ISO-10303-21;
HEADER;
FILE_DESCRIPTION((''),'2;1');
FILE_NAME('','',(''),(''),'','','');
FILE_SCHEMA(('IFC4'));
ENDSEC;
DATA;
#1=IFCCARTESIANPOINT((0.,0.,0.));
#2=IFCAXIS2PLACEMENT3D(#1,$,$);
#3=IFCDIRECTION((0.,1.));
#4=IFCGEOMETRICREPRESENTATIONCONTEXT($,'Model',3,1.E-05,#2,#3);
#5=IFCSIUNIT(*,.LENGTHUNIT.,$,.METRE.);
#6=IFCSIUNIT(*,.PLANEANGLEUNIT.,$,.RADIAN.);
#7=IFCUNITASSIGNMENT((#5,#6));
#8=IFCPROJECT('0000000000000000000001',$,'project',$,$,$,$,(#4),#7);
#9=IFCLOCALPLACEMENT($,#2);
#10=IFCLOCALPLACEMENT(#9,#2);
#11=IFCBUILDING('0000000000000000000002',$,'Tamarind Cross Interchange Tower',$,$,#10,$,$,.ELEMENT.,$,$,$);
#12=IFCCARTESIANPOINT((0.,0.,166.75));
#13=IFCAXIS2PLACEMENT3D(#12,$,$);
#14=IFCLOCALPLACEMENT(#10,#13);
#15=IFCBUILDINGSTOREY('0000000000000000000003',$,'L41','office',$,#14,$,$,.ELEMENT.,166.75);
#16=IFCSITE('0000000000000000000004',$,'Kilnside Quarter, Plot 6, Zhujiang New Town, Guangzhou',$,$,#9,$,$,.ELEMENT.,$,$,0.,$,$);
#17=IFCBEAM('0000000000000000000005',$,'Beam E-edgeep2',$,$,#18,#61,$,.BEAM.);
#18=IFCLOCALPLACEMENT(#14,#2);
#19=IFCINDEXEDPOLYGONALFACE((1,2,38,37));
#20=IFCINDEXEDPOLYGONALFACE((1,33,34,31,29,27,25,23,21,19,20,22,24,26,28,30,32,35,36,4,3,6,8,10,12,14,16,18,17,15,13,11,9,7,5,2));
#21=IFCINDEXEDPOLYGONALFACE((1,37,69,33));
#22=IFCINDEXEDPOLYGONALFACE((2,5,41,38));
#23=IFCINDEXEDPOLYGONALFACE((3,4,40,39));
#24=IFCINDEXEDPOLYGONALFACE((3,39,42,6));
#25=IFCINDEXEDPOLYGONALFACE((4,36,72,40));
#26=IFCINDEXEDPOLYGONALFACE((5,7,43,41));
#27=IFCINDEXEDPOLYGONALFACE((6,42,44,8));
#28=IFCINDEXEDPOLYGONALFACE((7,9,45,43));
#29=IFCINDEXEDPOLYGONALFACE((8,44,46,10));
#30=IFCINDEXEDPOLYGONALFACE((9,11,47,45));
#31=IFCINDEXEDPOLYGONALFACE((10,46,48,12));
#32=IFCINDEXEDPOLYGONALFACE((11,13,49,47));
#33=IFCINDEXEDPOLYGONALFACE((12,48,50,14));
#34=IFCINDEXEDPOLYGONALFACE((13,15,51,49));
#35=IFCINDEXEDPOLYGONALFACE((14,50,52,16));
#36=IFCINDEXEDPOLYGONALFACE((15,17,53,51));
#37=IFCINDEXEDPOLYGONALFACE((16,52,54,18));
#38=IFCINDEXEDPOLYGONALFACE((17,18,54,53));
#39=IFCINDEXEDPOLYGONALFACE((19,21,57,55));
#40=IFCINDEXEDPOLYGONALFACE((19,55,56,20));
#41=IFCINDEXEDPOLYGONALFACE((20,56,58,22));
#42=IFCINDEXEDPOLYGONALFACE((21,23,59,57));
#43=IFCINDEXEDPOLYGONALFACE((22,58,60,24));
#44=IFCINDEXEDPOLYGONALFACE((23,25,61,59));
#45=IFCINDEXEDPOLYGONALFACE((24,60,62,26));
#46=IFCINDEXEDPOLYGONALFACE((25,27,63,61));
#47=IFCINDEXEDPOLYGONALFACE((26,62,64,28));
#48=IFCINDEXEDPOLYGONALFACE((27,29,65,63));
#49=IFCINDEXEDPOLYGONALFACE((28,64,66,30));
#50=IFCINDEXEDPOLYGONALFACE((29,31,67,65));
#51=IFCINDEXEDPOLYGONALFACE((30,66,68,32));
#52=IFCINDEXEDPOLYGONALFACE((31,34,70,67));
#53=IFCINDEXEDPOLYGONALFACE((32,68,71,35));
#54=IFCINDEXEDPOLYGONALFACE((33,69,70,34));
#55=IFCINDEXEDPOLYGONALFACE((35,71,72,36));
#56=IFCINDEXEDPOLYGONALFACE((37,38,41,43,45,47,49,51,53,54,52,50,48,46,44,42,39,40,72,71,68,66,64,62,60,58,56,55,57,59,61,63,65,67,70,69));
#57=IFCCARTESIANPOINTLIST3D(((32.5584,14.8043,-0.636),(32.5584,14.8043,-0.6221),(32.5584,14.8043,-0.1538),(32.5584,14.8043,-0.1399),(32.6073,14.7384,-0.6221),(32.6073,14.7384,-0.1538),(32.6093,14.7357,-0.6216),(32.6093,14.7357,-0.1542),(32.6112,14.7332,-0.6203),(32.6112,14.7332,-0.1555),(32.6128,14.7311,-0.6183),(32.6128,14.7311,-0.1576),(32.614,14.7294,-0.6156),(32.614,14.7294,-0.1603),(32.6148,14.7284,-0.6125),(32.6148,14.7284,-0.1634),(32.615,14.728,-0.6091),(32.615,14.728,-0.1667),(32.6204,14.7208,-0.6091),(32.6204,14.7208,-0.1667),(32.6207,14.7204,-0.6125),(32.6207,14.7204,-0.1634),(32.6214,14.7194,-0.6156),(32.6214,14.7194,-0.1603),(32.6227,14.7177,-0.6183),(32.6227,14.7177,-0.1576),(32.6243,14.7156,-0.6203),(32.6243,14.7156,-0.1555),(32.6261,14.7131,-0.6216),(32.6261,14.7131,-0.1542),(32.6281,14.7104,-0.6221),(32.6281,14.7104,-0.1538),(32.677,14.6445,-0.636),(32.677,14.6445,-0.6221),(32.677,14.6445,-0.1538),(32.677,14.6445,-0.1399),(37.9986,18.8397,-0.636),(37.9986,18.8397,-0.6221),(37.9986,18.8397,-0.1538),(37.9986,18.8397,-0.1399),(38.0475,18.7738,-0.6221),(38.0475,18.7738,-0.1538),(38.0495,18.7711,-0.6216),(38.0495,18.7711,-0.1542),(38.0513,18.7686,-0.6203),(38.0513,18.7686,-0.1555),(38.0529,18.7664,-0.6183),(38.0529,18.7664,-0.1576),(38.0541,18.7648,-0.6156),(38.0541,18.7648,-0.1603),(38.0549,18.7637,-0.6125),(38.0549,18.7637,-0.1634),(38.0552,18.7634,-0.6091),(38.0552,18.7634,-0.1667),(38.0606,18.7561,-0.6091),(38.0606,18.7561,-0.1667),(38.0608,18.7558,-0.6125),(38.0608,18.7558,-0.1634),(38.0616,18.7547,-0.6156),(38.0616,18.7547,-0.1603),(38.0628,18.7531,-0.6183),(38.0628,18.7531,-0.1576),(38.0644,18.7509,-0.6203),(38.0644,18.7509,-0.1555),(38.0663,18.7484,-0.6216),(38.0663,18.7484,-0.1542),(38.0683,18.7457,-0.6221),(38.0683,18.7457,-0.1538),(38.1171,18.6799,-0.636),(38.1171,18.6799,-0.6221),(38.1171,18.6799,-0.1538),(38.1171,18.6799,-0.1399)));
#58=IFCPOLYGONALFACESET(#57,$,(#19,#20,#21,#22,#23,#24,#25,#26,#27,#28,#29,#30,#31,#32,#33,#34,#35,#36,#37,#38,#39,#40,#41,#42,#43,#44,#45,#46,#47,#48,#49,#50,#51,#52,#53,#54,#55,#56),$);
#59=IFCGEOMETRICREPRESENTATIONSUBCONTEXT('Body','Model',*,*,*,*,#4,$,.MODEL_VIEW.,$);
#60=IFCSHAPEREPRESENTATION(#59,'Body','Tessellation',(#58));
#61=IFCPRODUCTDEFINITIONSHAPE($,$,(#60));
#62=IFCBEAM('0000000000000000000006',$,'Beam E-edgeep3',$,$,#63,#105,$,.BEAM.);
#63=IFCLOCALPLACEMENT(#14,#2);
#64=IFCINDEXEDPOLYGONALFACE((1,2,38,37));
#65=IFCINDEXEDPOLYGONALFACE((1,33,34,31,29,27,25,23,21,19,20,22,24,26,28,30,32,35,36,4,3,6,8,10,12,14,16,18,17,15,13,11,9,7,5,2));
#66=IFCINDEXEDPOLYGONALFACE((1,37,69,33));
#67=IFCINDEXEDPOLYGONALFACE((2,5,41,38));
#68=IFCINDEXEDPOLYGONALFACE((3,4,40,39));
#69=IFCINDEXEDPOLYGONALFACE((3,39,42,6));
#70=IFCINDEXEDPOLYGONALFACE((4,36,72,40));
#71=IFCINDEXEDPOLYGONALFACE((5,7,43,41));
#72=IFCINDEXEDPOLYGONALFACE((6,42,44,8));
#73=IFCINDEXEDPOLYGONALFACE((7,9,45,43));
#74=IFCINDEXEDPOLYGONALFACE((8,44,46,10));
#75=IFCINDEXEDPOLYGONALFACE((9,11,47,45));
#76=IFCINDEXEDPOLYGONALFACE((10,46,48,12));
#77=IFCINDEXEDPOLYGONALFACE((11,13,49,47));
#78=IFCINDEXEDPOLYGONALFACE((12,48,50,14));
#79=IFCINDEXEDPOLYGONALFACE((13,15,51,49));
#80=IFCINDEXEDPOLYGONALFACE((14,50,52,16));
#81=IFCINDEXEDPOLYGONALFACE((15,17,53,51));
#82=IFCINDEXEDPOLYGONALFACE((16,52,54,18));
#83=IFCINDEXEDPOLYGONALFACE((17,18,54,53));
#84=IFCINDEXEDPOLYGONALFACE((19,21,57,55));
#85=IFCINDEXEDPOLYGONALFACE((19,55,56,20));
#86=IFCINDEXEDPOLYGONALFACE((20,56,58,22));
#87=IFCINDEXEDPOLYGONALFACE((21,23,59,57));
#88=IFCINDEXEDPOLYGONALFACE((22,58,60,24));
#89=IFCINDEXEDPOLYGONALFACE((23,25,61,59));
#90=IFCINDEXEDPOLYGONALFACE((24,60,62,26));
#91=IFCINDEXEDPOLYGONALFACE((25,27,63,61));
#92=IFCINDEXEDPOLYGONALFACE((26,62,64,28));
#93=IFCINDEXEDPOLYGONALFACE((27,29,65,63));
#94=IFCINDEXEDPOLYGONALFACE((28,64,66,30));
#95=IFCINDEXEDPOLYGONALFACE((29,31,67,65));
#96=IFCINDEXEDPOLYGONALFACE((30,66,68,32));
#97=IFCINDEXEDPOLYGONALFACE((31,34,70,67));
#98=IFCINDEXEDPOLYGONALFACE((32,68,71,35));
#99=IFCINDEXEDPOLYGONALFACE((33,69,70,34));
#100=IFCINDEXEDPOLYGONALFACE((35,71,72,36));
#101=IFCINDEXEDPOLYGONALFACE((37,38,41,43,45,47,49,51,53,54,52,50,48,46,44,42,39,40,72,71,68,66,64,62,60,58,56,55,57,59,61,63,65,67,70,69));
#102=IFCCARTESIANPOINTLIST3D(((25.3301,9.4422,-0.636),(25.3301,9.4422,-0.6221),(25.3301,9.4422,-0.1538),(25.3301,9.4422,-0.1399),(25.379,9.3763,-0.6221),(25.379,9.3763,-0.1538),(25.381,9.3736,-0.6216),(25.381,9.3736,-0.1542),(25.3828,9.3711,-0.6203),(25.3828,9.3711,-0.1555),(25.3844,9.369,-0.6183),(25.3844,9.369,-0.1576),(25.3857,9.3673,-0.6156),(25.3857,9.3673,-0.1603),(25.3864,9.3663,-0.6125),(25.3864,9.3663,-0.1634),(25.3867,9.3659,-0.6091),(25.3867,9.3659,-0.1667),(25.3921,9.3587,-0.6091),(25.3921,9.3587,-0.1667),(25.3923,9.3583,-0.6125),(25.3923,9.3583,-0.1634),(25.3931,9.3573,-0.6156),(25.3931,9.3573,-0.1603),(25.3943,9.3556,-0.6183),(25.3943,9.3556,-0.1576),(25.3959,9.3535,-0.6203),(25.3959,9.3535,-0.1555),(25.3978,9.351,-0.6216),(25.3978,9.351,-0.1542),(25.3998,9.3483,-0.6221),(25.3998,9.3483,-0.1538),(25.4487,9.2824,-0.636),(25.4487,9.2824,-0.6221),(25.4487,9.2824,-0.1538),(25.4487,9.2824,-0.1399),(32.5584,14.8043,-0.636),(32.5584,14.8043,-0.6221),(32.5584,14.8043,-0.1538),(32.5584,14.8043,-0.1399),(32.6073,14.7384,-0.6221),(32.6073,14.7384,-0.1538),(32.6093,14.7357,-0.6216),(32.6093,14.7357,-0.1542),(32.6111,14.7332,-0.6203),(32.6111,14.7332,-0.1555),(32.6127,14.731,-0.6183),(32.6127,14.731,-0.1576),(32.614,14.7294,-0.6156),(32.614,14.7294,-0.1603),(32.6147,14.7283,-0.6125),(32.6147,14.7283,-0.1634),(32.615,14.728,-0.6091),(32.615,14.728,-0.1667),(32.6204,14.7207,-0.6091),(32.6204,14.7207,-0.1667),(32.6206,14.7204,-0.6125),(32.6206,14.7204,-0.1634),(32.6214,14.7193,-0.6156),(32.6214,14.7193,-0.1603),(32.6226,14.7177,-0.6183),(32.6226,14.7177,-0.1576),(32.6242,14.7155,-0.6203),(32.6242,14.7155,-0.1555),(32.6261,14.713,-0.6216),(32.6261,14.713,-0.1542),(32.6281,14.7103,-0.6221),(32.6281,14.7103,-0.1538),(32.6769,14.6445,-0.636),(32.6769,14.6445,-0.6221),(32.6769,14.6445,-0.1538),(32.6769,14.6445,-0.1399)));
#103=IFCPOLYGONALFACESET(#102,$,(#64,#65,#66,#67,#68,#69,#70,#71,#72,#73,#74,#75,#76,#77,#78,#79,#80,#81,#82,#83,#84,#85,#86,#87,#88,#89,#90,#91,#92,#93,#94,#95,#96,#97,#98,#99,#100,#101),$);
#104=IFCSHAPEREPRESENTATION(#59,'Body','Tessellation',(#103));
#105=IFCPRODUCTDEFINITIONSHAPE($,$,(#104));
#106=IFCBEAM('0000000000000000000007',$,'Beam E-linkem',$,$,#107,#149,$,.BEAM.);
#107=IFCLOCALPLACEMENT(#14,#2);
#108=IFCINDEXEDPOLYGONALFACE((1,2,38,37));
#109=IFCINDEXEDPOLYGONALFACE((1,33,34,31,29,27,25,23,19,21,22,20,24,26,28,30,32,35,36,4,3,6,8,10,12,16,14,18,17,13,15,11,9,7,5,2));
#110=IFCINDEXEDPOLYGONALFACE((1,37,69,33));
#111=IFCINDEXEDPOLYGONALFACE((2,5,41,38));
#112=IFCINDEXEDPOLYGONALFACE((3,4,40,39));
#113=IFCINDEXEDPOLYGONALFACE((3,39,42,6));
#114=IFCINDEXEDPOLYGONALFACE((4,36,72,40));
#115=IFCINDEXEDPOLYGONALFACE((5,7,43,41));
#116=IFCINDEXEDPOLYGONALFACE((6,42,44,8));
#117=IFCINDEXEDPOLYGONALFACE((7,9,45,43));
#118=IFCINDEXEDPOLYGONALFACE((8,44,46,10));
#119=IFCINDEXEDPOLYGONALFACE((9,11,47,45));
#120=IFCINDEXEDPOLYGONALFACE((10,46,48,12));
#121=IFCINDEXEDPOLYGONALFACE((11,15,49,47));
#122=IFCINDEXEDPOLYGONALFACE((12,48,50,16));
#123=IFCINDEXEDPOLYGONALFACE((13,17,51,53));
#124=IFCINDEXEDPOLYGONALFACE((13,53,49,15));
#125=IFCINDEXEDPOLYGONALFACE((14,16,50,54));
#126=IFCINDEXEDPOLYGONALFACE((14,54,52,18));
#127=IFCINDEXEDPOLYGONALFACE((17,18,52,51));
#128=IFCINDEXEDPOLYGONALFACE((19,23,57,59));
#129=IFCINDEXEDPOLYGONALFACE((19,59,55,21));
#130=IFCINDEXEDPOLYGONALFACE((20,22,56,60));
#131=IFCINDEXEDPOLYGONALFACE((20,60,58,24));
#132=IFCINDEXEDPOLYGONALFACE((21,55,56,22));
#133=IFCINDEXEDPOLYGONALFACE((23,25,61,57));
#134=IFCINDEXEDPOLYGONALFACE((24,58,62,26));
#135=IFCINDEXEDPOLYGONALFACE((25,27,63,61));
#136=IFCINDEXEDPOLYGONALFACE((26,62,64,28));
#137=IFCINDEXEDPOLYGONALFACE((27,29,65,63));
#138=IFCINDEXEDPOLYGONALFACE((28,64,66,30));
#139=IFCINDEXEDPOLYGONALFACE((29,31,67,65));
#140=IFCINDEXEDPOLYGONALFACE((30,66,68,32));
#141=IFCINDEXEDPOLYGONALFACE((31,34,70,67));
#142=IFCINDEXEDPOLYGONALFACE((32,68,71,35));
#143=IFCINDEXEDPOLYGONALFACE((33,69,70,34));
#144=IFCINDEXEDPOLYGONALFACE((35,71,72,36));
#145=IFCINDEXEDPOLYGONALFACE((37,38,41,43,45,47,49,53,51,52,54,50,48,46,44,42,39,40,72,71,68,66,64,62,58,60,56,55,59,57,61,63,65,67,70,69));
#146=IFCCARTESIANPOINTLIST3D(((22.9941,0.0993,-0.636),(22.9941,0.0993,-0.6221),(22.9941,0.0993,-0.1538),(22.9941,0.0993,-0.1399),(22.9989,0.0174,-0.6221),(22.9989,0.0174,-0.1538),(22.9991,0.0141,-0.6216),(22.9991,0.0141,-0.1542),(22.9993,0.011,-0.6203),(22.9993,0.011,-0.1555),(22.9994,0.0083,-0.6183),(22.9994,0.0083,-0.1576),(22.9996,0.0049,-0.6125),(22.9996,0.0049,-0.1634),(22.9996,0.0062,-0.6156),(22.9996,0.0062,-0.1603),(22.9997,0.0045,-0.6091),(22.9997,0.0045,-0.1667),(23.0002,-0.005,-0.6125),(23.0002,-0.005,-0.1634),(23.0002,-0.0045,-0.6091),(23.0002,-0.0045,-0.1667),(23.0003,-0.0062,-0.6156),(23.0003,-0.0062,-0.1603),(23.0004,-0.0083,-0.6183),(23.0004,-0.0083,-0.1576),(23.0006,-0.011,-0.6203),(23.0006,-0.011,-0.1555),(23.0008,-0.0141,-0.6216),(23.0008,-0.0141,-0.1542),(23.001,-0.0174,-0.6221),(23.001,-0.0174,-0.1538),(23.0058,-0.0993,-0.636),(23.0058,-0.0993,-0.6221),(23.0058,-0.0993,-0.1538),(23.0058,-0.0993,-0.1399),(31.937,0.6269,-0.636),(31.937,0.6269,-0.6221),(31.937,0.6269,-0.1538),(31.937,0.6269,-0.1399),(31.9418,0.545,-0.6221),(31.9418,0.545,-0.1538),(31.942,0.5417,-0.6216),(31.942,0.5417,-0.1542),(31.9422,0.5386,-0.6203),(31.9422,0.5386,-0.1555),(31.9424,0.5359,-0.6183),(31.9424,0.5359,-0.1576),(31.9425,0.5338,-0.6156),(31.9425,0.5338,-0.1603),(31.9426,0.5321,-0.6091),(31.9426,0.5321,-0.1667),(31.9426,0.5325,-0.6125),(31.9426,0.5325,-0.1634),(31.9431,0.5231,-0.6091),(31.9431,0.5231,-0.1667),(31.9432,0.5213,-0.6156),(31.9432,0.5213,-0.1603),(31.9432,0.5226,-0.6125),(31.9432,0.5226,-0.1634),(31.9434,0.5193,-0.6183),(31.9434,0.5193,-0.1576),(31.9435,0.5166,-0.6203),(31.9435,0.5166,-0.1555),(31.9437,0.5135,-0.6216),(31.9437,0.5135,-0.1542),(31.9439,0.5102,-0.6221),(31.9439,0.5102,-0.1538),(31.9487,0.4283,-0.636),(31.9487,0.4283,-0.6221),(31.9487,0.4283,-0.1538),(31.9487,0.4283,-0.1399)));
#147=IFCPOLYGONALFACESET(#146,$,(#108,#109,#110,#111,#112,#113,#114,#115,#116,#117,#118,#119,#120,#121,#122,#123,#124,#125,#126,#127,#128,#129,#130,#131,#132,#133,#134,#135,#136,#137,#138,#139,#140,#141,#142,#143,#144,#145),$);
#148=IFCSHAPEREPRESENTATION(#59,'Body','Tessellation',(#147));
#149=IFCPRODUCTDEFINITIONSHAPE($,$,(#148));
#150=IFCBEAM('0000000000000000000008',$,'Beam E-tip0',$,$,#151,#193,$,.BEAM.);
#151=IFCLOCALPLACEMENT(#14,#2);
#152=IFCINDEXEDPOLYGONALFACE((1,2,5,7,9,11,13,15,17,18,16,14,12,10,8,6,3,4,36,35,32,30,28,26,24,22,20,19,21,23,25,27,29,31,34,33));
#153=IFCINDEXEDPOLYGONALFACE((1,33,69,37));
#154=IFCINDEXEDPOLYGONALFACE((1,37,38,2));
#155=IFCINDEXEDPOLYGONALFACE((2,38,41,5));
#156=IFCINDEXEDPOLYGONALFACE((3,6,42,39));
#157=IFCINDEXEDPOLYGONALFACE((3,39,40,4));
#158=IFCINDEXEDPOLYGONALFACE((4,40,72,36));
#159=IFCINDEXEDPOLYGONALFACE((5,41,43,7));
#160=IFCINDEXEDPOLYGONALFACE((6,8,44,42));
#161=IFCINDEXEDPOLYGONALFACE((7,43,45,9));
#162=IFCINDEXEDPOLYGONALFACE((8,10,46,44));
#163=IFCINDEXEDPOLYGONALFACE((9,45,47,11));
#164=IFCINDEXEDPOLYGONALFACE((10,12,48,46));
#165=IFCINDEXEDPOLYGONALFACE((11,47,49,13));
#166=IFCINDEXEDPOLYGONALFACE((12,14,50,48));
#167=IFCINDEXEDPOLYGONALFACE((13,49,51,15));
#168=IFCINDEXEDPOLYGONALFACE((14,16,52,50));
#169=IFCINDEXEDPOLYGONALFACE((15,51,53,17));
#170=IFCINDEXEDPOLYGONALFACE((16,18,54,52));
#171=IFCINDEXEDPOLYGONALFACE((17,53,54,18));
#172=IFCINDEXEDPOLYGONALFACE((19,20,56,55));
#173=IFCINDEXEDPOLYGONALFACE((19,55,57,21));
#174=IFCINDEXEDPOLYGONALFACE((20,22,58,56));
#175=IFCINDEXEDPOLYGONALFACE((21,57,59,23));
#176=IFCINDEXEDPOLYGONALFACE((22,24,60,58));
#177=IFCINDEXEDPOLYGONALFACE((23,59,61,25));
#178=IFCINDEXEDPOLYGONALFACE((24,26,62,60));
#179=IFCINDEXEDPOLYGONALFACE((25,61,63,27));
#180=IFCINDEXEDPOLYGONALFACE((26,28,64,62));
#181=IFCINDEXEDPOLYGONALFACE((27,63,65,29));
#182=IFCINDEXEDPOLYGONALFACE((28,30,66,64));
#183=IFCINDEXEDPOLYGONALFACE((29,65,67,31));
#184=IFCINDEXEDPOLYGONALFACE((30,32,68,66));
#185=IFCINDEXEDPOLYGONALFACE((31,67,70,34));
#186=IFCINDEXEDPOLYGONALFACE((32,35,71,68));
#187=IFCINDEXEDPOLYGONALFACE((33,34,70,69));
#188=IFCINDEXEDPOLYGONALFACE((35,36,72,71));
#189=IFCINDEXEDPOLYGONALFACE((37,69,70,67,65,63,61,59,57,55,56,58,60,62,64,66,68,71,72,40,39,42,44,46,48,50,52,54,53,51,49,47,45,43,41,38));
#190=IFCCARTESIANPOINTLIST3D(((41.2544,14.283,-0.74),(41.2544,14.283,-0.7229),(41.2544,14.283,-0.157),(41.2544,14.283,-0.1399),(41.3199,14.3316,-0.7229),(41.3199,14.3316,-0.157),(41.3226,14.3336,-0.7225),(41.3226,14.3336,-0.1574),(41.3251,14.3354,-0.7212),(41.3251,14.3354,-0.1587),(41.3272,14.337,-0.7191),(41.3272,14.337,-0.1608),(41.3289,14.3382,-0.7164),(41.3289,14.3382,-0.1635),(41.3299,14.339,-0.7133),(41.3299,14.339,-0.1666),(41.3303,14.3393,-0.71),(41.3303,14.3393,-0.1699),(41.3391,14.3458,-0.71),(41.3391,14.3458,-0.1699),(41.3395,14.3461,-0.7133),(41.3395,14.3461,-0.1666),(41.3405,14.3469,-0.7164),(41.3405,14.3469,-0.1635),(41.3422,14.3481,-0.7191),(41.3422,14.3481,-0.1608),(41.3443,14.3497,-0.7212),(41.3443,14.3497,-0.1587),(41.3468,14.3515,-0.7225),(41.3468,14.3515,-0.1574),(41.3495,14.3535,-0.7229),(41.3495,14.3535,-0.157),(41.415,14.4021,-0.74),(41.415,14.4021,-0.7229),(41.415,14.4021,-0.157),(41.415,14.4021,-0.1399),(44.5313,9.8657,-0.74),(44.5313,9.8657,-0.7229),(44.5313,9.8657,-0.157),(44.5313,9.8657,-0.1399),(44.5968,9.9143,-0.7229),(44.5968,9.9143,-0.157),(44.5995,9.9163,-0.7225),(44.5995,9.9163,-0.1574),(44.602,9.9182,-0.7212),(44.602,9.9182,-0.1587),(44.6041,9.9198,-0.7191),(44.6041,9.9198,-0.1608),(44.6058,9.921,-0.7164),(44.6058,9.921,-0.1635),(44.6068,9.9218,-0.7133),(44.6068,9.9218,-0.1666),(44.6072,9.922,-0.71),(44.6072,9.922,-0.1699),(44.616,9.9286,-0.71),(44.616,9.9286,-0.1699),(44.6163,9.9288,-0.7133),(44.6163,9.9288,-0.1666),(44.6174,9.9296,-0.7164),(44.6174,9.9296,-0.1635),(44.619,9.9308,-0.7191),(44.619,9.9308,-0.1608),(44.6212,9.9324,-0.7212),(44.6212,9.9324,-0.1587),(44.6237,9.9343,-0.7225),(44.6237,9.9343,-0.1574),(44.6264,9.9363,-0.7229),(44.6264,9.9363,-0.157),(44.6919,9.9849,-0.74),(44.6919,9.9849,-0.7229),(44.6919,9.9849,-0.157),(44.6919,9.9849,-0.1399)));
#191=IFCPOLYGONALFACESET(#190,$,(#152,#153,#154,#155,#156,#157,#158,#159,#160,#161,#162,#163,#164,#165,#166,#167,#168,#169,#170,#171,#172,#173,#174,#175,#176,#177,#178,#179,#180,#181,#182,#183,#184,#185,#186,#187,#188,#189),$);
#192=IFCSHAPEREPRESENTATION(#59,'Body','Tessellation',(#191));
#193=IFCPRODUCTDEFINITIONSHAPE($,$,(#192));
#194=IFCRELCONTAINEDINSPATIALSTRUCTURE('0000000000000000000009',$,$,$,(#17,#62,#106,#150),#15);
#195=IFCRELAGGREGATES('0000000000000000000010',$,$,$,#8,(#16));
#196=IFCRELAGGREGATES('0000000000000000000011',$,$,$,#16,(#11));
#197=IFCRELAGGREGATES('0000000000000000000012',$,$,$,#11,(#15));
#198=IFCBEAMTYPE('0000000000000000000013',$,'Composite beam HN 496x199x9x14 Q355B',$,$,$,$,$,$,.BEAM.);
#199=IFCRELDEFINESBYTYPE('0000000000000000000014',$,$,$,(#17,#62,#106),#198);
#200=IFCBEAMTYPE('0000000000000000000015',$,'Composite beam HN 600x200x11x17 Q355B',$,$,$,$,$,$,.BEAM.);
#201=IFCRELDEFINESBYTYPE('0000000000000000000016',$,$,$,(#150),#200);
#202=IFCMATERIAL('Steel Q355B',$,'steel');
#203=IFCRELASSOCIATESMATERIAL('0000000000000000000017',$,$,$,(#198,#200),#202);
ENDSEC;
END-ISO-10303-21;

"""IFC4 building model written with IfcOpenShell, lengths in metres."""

from ifc_helpers import new_model, si_unit, direction, frame, origin, origin_2d, place, context, subcontext, project, spatial, i_section, extrude, material, material_profile, profile_set, type_object, element, save


model = new_model("IFC4")

# Units and contexts
model_context = context("Model", 3, precision=1e-05, world=origin(), true_north=direction((0.0, 1.0)))
body_context = subcontext(model_context, "Body", "Model", "MODEL_VIEW")
ifc_project = project(units=[si_unit("LENGTHUNIT", "METRE"), si_unit("PLANEANGLEUNIT", "RADIAN")], contexts=[model_context])

# Site, building, storey
site_placement = place(None, origin())
site = spatial("IfcSite", under=ifc_project, at=site_placement, Name="Kilnside Quarter, Plot 6, Zhujiang New Town, Guangzhou", CompositionType="ELEMENT", RefElevation=0.0)
building_placement = place(site_placement, origin())
building = spatial("IfcBuilding", under=site, at=building_placement, Name="Tamarind Cross Interchange Tower", CompositionType="ELEMENT")
storey_placement = place(building_placement, frame((0.0, 0.0, 166.75)))
storey = spatial("IfcBuildingStorey", under=building, at=storey_placement, Name="L41", Description="office", CompositionType="ELEMENT", Elevation=166.75)

# Beams
ifc_material_1 = material(Name="Steel Q355B", Category="steel")
ifc_material_profile_1 = material_profile(ifc_material_1, i_section(OverallWidth=0.199, OverallDepth=0.4961, WebThickness=0.009, FlangeThickness=0.0139, FilletRadius=0.0129, at=origin_2d()), Name="HN 496x199x9x14")
ifc_profile_set_1 = profile_set([ifc_material_profile_1], Name="Steel Q355B")
beam_type_1 = type_object("IfcBeamType", Name="Composite beam HN 496x199x9x14 Q355B", PredefinedType="BEAM", material=ifc_profile_set_1)
beam_1_placement = place(storey_placement, frame((38.0579, 18.7598, -0.3879), z_axis=(-0.803159, -0.595764, 0.0), x_axis=(0.595764, -0.803159, 0.0)))
element("IfcBeam", 1, at=beam_1_placement, inside=storey, type_object=beam_type_1, Name="Beam E-edgeep2", PredefinedType="BEAM", context=body_context, shape_type="SweptSolid", body=[
    extrude(i_section(OverallWidth=0.199, OverallDepth=0.4961, WebThickness=0.009, FlangeThickness=0.0139, FilletRadius=0.0129, at=origin_2d()), origin(), (0.0, 0.0, 1.0), 6.7734),
])
beam_2_placement = place(storey_placement, frame((32.6177, 14.7244, -0.3879), z_axis=(-0.803143, -0.595786, 0.0), x_axis=(0.595786, -0.803143, 0.0)))
element("IfcBeam", 2, at=beam_2_placement, inside=storey, type_object=beam_type_1, Name="Beam E-edgeep3", PredefinedType="BEAM", context=body_context, shape_type="SweptSolid", body=[
    extrude(i_section(OverallWidth=0.199, OverallDepth=0.4961, WebThickness=0.009, FlangeThickness=0.0139, FilletRadius=0.0129, at=origin_2d()), origin(), (0.0, 0.0, 1.0), 9.0),
])
beam_3_placement = place(storey_placement, frame((31.9429, 0.5276, -0.3879), z_axis=(-0.998264, -0.058893, 0.0), x_axis=(0.058893, -0.998264, 0.0)))
element("IfcBeam", 3, at=beam_3_placement, inside=storey, type_object=beam_type_1, Name="Beam E-linkem", PredefinedType="BEAM", context=body_context, shape_type="SweptSolid", body=[
    extrude(i_section(OverallWidth=0.199, OverallDepth=0.4961, WebThickness=0.009, FlangeThickness=0.0139, FilletRadius=0.0129, at=origin_2d()), origin(), (0.0, 0.0, 1.0), 8.9585),
])
ifc_material_profile_2 = material_profile(ifc_material_1, i_section(OverallWidth=0.2, OverallDepth=0.6001, WebThickness=0.011, FlangeThickness=0.0171, FilletRadius=0.0129, at=origin_2d()), Name="HN 600x200x11x17")
ifc_profile_set_2 = profile_set([ifc_material_profile_2], Name="Steel Q355B")
beam_type_2 = type_object("IfcBeamType", Name="Composite beam HN 600x200x11x17 Q355B", PredefinedType="BEAM", material=ifc_profile_set_2)
for number, where, z_axis, x_axis, name in (
    (4, (44.6116, 9.9253, -0.4399), (-0.595794, 0.803137, 0.0), (-0.803137, -0.595794, 0.0), "Beam E-tip0"),
):
    element("IfcBeam", number, at=place(storey_placement, frame(where, z_axis=z_axis, x_axis=x_axis)), inside=storey, type_object=beam_type_2, Name=name, PredefinedType="BEAM", context=body_context, shape_type="SweptSolid", body=[
        extrude(i_section(OverallWidth=0.2, OverallDepth=0.6001, WebThickness=0.011, FlangeThickness=0.0171, FilletRadius=0.0129, at=origin_2d()), origin(), (0.0, 0.0, 1.0), 5.5),
    ])

save(model, "model.ifc")
